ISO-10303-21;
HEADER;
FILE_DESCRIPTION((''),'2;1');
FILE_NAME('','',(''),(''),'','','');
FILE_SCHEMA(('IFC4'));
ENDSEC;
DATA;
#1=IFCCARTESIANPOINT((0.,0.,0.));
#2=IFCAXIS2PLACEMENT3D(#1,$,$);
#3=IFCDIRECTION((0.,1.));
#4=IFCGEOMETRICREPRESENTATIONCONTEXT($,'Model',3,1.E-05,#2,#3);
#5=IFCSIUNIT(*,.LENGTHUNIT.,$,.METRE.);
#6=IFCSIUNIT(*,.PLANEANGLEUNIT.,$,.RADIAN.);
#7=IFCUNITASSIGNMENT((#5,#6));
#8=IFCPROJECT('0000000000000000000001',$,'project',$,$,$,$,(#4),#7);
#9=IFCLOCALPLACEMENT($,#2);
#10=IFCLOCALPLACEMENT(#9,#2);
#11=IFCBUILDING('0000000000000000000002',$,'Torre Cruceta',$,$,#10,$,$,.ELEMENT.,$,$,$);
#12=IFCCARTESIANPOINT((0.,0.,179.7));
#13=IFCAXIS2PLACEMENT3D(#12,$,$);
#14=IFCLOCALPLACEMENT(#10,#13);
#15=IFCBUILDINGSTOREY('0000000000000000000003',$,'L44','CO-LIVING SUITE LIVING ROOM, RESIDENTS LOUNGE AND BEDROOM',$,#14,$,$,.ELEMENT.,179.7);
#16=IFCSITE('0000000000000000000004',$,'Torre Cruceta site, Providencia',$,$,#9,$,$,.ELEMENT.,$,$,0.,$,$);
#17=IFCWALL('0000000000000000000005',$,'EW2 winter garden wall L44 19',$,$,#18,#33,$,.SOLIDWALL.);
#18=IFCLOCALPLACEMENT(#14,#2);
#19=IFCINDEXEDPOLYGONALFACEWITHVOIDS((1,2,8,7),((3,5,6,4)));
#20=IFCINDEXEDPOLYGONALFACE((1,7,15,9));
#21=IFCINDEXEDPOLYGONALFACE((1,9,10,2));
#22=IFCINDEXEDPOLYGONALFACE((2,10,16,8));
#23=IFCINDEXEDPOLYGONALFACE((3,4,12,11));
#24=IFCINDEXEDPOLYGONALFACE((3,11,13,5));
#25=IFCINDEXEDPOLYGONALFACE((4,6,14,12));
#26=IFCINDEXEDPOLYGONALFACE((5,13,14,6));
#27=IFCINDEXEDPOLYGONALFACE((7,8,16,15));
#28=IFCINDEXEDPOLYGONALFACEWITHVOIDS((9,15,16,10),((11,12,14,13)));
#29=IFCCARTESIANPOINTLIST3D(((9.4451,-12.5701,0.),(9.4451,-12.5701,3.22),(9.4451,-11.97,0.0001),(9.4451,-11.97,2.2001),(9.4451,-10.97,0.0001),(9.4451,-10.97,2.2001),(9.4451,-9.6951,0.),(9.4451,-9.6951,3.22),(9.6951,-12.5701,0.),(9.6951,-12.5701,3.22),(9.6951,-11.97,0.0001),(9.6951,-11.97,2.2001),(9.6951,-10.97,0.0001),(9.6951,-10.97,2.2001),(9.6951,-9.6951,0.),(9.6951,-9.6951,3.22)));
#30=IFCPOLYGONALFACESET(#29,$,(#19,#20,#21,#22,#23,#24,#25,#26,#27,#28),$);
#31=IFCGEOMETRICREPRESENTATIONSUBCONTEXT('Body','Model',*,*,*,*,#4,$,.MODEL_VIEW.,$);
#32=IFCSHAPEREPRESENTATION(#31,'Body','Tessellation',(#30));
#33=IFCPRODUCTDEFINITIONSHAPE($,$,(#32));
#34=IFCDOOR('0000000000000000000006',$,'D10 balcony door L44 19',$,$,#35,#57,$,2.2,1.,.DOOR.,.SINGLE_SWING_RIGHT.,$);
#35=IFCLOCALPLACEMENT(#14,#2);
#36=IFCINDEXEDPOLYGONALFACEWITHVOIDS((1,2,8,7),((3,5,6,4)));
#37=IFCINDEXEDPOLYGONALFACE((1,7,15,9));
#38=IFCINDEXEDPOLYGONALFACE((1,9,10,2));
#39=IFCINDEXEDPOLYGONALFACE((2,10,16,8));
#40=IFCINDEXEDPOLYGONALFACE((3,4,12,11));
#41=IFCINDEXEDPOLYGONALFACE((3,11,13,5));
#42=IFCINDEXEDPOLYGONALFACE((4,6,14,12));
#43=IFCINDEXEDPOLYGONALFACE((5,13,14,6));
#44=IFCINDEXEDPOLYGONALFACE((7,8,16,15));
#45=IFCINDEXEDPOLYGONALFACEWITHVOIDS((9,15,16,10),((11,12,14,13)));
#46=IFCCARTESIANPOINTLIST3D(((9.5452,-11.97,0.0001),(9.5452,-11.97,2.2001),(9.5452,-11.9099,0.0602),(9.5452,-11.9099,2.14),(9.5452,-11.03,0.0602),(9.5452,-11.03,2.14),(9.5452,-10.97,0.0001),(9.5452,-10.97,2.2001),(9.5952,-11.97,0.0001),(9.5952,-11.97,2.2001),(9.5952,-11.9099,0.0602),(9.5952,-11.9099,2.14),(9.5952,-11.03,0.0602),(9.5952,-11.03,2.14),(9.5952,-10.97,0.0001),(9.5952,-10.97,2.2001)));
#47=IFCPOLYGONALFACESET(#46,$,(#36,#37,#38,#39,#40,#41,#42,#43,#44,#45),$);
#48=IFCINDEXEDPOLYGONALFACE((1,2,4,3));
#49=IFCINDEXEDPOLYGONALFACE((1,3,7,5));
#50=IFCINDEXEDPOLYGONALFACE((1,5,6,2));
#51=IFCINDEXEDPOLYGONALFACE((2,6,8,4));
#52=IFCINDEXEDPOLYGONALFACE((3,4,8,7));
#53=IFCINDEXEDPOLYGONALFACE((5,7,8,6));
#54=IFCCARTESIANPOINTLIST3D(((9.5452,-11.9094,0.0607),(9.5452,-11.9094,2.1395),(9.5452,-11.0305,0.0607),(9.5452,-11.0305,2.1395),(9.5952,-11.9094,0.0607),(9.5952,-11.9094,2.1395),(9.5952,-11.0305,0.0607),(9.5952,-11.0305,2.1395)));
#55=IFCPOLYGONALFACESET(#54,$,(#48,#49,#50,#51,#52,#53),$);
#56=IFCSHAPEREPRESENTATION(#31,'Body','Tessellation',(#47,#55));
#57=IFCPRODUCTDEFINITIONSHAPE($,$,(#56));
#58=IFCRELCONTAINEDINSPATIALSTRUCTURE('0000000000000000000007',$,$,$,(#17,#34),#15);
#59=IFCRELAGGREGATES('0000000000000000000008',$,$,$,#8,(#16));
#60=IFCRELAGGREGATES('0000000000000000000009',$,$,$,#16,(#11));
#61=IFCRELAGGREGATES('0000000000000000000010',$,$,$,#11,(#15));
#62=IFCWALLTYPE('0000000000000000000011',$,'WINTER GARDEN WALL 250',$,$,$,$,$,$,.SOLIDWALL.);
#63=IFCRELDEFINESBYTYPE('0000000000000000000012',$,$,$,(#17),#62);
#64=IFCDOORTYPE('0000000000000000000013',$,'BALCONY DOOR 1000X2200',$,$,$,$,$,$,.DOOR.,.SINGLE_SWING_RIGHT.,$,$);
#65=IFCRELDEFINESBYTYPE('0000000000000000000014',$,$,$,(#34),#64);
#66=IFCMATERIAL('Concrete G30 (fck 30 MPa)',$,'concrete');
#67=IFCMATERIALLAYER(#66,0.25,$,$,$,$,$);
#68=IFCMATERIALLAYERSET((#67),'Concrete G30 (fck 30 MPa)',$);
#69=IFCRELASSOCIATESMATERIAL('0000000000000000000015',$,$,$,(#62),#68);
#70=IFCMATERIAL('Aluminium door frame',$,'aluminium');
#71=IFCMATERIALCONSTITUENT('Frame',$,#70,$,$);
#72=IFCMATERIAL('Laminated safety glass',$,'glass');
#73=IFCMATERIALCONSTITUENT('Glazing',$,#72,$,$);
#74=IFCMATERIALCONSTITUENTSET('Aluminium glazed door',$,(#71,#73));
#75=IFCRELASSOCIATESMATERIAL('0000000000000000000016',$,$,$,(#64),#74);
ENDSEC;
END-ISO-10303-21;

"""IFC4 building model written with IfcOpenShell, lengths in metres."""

from ifc_helpers import new_model, si_unit, direction, frame, frame_2d, origin, place, context, subcontext, project, spatial, rectangle, hollow_rectangle, extrude, material, layer, layer_set, constituent, constituent_set, type_object, element, fill, save


model = new_model("IFC4")

# Units and contexts
model_context = context("Model", 3, precision=1e-05, world=origin(), true_north=direction((0.0, 1.0)))
body_context = subcontext(model_context, "Body", "Model", "MODEL_VIEW")
ifc_project = project(units=[si_unit("LENGTHUNIT", "METRE"), si_unit("PLANEANGLEUNIT", "RADIAN")], contexts=[model_context])

# Site, building, storey
site_placement = place(None, origin())
site = spatial("IfcSite", under=ifc_project, at=site_placement, Name="Torre Cruceta site, Providencia", CompositionType="ELEMENT", RefElevation=0.0)
building_placement = place(site_placement, origin())
building = spatial("IfcBuilding", under=site, at=building_placement, Name="Torre Cruceta", CompositionType="ELEMENT")
storey_placement = place(building_placement, frame((0.0, 0.0, 179.7)))
storey = spatial("IfcBuildingStorey", under=building, at=storey_placement, Name="L44", Description="CO-LIVING SUITE LIVING ROOM, RESIDENTS LOUNGE AND BEDROOM", CompositionType="ELEMENT", Elevation=179.7)

# Wall, opening, door
ifc_material_1 = material(Name="Concrete G30 (fck 30 MPa)", Category="concrete")
ifc_layer_1 = layer(ifc_material_1, 0.25)
ifc_layer_set_1 = layer_set([ifc_layer_1], Name="Concrete G30 (fck 30 MPa)")
wall_type_1 = type_object("IfcWallType", Name="WINTER GARDEN WALL 250", PredefinedType="SOLIDWALL", material=ifc_layer_set_1)
ifc_material_2 = material(Name="Aluminium door frame", Category="aluminium")
ifc_constituent_1 = constituent(ifc_material_2, Name="Frame")
ifc_material_3 = material(Name="Laminated safety glass", Category="glass")
ifc_constituent_2 = constituent(ifc_material_3, Name="Glazing")
ifc_constituent_set_1 = constituent_set(constituents=[ifc_constituent_1, ifc_constituent_2], Name="Aluminium glazed door")
door_type_1 = type_object("IfcDoorType", Name="BALCONY DOOR 1000X2200", OperationType="SINGLE_SWING_RIGHT", PredefinedType="DOOR", material=ifc_constituent_set_1)
wall_1_placement = place(storey_placement, frame((9.5701, -12.5701, 0.0), z_axis=(0.0, 0.0, 1.0), x_axis=(0.0, 1.0, 0.0)))
wall_1 = element("IfcWall", 1, at=wall_1_placement, inside=storey, type_object=wall_type_1, Name="EW2 winter garden wall L44 19", PredefinedType="SOLIDWALL", context=body_context, shape_type="SweptSolid", body=[
    extrude(rectangle(XDim=2.875, YDim=0.25, at=frame_2d((1.4375, 0.0))), origin(), (0.0, 0.0, 1.0), 3.22),
])
opening_1_placement = place(wall_1_placement, frame((0.6001, 0.0, 0.0)))
opening_1 = element("IfcOpeningElement", 2, at=opening_1_placement, cuts=wall_1, PredefinedType="OPENING", context=body_context, shape_type="SweptSolid", body=[
    extrude(rectangle(XDim=1.0, YDim=2.2, at=frame_2d((0.5, 1.1001))), frame((0.0, 0.135, 0.0), z_axis=(0.0, -1.0, 0.0), x_axis=(1.0, 0.0, 0.0)), (0.0, 0.0, 1.0), 0.27),
])
door_1_placement = place(opening_1_placement, origin())
door_1 = element("IfcDoor", 3, at=door_1_placement, inside=storey, type_object=door_type_1, Name="D10 balcony door L44 19", OperationType="SINGLE_SWING_RIGHT", OverallHeight=2.2, OverallWidth=1.0, PredefinedType="DOOR", context=body_context, shape_type="SweptSolid", body=[
    extrude(hollow_rectangle(XDim=1.0, YDim=2.2, WallThickness=0.0601, at=frame_2d((0.5, 1.1001))), frame((0.0, 0.0249, 0.0), z_axis=(0.0, -1.0, 0.0), x_axis=(1.0, 0.0, 0.0)), (0.0, 0.0, 1.0), 0.05),
    extrude(rectangle(XDim=0.8789, YDim=2.0789, at=frame_2d((0.5, 1.1001))), frame((0.0, 0.0249, 0.0), z_axis=(0.0, -1.0, 0.0), x_axis=(1.0, 0.0, 0.0)), (0.0, 0.0, 1.0), 0.05),
])
fill(opening_1, door_1)

save(model, "model.ifc")
